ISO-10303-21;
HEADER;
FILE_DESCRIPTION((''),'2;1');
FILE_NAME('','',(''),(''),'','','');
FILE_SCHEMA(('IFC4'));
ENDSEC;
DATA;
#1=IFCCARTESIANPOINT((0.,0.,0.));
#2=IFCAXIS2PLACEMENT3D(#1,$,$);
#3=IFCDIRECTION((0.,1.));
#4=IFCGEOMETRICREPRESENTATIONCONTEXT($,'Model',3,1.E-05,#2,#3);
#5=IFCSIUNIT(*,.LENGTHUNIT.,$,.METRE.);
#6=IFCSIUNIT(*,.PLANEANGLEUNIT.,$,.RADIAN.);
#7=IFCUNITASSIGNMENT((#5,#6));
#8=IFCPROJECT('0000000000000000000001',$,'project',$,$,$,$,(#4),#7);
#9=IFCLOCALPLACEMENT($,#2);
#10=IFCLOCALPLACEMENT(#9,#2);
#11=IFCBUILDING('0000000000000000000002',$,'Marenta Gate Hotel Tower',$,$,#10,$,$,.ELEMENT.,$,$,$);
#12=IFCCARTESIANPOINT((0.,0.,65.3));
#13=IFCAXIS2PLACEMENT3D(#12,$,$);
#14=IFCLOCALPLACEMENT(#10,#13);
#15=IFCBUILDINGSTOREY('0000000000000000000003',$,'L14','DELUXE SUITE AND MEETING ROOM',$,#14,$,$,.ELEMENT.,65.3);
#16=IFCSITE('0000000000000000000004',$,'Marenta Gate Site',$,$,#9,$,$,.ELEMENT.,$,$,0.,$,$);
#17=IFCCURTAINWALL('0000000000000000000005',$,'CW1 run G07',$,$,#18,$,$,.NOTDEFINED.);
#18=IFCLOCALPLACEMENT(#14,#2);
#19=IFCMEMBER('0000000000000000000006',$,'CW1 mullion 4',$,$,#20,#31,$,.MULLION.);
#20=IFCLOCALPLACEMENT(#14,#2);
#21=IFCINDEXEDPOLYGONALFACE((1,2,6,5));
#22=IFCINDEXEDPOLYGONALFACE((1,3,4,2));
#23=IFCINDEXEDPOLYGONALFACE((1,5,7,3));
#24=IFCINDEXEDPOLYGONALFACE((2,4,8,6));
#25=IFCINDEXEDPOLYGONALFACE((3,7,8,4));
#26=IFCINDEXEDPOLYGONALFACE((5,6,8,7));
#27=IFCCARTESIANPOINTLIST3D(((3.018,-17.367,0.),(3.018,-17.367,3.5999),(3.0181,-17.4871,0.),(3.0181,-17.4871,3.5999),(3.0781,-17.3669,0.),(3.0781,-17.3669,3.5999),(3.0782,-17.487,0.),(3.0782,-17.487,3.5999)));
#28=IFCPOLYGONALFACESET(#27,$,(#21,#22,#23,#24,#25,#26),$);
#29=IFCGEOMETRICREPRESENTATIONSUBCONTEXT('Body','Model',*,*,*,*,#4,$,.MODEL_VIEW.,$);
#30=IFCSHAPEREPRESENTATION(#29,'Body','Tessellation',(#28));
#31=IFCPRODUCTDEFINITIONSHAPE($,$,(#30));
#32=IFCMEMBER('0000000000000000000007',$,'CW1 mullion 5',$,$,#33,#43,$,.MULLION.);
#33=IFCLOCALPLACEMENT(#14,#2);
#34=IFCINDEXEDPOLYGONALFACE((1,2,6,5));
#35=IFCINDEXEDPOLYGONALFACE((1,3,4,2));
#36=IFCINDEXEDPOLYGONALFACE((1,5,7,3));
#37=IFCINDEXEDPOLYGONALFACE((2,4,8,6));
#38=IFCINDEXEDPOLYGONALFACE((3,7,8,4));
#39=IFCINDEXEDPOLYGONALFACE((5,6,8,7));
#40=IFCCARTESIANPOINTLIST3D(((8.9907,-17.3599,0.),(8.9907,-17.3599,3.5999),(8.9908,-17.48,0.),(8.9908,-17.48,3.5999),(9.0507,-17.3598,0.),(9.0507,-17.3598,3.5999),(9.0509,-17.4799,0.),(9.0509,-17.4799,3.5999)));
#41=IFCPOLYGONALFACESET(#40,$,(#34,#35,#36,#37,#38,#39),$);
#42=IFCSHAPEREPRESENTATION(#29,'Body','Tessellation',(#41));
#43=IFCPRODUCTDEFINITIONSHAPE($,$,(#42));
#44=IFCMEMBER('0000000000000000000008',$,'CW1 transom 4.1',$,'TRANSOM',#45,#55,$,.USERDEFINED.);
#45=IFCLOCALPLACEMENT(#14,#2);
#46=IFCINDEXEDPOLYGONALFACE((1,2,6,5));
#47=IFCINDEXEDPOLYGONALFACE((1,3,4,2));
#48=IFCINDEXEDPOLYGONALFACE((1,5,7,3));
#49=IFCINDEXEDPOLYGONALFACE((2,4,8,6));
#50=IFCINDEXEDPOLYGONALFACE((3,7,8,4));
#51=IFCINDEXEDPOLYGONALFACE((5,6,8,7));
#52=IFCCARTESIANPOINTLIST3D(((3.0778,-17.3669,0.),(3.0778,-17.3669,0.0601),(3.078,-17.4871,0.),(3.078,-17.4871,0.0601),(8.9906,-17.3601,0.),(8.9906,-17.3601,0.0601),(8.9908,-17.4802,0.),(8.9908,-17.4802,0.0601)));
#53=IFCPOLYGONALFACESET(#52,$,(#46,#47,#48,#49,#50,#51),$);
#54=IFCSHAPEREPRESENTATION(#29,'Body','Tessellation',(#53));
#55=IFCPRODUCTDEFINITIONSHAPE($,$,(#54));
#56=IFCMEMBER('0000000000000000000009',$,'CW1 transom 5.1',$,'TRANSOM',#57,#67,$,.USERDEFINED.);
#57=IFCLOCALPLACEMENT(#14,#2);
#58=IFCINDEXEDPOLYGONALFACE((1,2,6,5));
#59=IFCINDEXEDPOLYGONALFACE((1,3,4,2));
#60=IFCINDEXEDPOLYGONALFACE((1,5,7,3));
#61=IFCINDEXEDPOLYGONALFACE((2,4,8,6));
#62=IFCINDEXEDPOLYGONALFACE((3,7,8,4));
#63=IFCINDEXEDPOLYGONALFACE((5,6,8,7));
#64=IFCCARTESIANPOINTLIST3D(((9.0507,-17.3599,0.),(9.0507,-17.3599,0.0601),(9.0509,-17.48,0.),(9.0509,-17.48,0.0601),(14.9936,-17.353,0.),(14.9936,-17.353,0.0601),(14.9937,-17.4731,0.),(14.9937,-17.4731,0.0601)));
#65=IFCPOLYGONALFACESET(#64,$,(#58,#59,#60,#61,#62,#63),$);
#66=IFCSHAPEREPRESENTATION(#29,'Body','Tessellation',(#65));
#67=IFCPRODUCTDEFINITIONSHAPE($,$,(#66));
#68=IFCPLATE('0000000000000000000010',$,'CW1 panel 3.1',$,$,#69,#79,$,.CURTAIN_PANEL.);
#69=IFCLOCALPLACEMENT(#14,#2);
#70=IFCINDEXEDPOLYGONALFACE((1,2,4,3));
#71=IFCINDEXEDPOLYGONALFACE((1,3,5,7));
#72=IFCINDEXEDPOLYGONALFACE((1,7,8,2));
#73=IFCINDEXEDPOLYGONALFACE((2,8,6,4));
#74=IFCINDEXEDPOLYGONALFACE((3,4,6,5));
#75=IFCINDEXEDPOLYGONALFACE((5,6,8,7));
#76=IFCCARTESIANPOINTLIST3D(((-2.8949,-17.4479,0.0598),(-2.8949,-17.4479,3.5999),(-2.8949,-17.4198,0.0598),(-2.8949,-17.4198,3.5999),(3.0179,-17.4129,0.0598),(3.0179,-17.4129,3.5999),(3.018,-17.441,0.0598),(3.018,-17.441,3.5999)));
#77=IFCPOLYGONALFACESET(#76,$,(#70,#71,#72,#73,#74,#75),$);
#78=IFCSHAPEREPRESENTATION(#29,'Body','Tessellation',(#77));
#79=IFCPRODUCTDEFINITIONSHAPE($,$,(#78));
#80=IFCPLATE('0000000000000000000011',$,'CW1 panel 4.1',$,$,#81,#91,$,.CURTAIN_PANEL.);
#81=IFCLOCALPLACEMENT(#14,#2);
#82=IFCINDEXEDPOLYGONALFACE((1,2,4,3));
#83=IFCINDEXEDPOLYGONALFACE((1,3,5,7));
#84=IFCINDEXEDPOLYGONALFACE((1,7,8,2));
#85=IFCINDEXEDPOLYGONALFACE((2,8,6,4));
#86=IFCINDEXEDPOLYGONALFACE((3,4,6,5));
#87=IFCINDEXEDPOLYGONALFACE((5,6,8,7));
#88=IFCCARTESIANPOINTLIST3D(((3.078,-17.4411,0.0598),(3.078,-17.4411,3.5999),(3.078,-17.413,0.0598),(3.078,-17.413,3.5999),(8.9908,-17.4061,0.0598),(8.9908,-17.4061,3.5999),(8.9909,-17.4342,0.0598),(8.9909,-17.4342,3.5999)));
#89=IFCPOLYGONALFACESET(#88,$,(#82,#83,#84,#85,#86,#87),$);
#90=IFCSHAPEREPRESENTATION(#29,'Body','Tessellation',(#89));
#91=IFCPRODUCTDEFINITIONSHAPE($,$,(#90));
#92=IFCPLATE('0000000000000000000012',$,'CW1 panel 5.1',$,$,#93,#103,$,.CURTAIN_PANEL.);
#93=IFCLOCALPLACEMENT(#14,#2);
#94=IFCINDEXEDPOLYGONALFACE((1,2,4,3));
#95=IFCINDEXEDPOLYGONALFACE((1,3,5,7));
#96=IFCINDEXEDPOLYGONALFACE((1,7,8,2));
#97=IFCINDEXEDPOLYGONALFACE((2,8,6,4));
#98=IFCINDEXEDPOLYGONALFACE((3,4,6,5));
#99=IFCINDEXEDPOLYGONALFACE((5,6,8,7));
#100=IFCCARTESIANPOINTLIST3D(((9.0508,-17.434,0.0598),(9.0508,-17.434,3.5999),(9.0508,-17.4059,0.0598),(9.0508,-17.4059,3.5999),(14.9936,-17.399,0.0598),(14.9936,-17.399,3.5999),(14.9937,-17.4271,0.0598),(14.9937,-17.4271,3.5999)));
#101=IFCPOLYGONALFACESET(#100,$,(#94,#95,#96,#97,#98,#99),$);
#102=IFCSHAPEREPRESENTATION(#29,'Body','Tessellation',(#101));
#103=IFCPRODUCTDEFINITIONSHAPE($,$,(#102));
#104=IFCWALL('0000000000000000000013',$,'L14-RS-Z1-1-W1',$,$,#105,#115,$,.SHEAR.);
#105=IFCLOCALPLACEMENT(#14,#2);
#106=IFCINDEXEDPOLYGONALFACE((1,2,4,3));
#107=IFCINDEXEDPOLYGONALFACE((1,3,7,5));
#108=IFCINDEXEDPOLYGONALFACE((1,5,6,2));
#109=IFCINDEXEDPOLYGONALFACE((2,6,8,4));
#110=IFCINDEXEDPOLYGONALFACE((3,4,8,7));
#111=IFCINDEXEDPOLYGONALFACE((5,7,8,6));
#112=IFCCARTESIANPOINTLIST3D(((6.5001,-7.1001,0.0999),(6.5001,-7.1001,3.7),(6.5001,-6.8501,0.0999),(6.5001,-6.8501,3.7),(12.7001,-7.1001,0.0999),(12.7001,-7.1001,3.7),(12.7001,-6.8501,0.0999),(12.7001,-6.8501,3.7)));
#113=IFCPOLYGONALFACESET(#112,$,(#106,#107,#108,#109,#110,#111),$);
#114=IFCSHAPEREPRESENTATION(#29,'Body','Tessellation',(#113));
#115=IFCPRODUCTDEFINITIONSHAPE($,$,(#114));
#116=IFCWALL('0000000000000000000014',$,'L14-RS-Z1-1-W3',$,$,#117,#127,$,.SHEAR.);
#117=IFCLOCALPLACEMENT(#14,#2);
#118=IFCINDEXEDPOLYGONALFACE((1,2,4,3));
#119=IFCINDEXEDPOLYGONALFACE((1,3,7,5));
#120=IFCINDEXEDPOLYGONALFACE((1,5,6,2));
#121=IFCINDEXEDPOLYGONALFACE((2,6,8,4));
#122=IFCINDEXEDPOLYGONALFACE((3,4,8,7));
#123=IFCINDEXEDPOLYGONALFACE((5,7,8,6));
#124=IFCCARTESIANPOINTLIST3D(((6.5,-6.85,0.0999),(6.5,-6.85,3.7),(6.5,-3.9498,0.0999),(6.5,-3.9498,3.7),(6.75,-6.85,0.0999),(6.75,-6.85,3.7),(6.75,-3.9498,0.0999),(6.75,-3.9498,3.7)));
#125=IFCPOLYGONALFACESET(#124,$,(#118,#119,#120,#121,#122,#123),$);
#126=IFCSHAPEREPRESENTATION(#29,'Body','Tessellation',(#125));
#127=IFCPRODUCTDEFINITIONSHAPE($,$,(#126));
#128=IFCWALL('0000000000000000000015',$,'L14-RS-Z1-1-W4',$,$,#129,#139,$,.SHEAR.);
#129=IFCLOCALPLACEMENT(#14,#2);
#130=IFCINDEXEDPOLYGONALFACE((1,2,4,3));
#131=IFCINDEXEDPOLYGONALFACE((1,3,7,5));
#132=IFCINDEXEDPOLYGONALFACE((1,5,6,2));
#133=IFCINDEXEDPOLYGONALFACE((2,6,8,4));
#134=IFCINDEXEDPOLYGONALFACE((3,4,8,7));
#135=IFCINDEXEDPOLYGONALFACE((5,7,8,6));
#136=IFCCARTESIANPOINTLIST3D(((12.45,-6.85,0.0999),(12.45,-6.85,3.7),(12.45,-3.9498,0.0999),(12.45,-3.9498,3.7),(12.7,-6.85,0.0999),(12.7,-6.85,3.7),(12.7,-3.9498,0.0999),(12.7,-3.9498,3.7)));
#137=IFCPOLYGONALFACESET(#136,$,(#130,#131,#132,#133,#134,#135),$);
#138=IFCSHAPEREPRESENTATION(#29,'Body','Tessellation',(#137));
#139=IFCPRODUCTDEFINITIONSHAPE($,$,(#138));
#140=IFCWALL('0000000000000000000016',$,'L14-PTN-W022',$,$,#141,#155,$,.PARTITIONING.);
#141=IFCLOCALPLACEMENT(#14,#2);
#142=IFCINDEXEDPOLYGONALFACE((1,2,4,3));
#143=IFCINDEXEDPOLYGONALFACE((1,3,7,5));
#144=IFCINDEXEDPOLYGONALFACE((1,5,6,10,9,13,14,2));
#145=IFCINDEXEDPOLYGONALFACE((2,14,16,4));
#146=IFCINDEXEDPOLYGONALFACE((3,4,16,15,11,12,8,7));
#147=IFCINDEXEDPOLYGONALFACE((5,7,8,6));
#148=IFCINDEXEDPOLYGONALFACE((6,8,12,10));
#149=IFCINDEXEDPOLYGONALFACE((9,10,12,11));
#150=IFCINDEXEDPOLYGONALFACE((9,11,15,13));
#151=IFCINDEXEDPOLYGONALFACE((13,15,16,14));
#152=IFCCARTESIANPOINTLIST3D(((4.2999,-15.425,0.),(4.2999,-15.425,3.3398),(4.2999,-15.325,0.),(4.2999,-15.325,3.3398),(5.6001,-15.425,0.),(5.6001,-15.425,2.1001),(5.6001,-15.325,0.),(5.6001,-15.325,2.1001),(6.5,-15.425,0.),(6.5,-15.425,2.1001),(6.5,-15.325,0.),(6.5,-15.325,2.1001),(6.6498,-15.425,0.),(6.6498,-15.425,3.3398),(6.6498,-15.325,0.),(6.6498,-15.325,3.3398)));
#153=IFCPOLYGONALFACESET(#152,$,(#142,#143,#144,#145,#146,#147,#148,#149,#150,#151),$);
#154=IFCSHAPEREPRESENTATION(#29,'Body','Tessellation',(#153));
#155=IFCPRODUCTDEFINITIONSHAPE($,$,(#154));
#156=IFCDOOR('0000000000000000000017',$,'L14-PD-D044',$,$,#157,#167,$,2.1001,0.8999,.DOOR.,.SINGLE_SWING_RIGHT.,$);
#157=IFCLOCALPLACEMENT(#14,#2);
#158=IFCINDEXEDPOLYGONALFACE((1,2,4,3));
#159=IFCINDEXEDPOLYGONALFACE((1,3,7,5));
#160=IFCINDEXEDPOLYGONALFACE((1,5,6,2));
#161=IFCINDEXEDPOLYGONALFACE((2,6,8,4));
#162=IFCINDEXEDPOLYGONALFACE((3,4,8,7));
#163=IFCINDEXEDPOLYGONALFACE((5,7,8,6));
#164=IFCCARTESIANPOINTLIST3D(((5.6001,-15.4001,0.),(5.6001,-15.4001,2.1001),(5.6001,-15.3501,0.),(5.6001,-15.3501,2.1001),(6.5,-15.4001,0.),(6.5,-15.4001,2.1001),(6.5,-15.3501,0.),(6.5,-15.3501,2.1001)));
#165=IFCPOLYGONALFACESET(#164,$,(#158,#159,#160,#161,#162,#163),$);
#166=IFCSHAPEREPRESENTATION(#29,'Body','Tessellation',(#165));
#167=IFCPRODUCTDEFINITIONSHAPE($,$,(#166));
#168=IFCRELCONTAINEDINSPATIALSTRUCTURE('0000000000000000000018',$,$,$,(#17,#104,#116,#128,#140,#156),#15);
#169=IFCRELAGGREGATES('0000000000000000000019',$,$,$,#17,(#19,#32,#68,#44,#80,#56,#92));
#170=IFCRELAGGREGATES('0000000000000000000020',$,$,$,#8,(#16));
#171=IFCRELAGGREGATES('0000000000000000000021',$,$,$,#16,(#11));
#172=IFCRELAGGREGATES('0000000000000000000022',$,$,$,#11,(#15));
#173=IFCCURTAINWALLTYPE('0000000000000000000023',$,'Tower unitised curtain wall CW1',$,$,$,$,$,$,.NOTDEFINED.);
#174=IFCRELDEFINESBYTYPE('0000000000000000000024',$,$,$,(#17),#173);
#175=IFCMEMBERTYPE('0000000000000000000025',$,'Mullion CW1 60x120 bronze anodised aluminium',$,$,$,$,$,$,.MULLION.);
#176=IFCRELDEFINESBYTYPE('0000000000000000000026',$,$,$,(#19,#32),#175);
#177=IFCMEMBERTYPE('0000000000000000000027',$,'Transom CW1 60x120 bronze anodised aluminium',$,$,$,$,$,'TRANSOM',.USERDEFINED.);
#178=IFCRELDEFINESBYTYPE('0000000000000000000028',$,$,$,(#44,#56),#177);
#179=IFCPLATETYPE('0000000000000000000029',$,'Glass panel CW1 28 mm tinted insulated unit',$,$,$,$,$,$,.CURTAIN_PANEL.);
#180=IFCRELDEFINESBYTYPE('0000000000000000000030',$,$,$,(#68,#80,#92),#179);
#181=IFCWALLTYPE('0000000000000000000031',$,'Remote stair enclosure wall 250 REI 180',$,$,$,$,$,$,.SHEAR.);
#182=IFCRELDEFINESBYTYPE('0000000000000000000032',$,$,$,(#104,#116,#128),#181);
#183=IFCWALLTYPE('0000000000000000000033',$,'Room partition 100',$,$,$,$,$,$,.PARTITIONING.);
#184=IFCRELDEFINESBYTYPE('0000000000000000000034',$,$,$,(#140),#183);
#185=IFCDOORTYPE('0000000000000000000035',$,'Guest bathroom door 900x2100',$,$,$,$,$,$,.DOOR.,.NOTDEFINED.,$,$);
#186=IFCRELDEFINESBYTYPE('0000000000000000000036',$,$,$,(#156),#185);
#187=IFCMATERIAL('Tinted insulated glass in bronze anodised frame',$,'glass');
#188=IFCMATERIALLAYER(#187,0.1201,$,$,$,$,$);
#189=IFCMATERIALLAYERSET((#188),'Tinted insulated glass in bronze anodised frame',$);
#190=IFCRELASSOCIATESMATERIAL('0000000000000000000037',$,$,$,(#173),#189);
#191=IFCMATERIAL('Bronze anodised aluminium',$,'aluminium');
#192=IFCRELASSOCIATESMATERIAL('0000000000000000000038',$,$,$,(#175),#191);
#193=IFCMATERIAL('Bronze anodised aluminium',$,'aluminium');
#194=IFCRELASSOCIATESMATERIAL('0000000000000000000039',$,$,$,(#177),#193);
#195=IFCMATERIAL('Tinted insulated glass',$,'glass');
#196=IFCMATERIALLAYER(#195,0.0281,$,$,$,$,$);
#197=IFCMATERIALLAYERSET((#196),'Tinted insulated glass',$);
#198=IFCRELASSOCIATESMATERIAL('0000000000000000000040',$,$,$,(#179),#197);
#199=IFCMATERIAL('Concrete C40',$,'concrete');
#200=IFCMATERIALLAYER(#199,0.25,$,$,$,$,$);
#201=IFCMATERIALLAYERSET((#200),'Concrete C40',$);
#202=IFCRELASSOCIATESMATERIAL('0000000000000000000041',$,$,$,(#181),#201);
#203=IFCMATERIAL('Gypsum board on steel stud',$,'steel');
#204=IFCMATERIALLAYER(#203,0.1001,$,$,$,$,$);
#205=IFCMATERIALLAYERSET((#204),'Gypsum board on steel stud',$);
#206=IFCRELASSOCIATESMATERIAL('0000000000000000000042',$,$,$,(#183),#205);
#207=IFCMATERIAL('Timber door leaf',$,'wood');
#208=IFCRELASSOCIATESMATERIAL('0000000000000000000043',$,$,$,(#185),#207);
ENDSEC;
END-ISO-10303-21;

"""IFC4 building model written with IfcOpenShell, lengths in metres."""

from ifc_helpers import new_model, si_unit, direction, frame, frame_2d, origin, origin_2d, place, context, subcontext, project, spatial, rectangle, extrude, material, layer, layer_set, material_profile, profile_set, type_object, element, fill, aggregate, save


model = new_model("IFC4")

# Units and contexts
model_context = context("Model", 3, precision=1e-05, world=origin(), true_north=direction((0.0, 1.0)))
body_context = subcontext(model_context, "Body", "Model", "MODEL_VIEW")
ifc_project = project(units=[si_unit("LENGTHUNIT", "METRE"), si_unit("PLANEANGLEUNIT", "RADIAN")], contexts=[model_context])

# Site, building, storey
site_placement = place(None, origin())
site = spatial("IfcSite", under=ifc_project, at=site_placement, Name="Marenta Gate Site", CompositionType="ELEMENT", RefElevation=0.0)
building_placement = place(site_placement, origin())
building = spatial("IfcBuilding", under=site, at=building_placement, Name="Marenta Gate Hotel Tower", CompositionType="ELEMENT")
storey_placement = place(building_placement, frame((0.0, 0.0, 65.3)))
storey = spatial("IfcBuildingStorey", under=building, at=storey_placement, Name="L14", Description="DELUXE SUITE AND MEETING ROOM", CompositionType="ELEMENT", Elevation=65.3)

# Curtain wall, members, plates
ifc_material_1 = material(Name="Tinted insulated glass in bronze anodised frame", Category="glass")
ifc_layer_1 = layer(ifc_material_1, 0.1201)
ifc_layer_set_1 = layer_set([ifc_layer_1], Name="Tinted insulated glass in bronze anodised frame")
curtain_wall_type = type_object("IfcCurtainWallType", Name="Tower unitised curtain wall CW1", PredefinedType="NOTDEFINED", material=ifc_layer_set_1)
curtain_wall_placement = place(storey_placement, origin())
curtain_wall = element("IfcCurtainWall", 1, at=curtain_wall_placement, inside=storey, type_object=curtain_wall_type, Name="CW1 run G07", PredefinedType="NOTDEFINED")
ifc_material_2 = material(Name="Bronze anodised aluminium", Category="aluminium")
ifc_material_profile_1 = material_profile(ifc_material_2, rectangle(XDim=0.1201, YDim=0.0601, at=origin_2d()), Name="Mullion CW1 60x120 bronze anodised aluminium")
ifc_profile_set_1 = profile_set([ifc_material_profile_1], Name="Bronze anodised aluminium")
member_type_1 = type_object("IfcMemberType", Name="Mullion CW1 60x120 bronze anodised aluminium", PredefinedType="MULLION", material=ifc_profile_set_1)
member_1_placement = place(storey_placement, frame((3.0481, -17.427, 0.0), z_axis=(0.0, 0.0, 1.0), x_axis=(-0.001162, 0.999999, 0.0)))
member_1 = element("IfcMember", 2, at=member_1_placement, type_object=member_type_1, Name="CW1 mullion 4", PredefinedType="MULLION", context=body_context, shape_type="SweptSolid", body=[
    extrude(rectangle(XDim=0.1201, YDim=0.0601, at=origin_2d()), origin(), (0.0, 0.0, 1.0), 3.5999),
])
member_2_placement = place(storey_placement, frame((9.0208, -17.4199, 0.0), z_axis=(0.0, 0.0, 1.0), x_axis=(-0.001162, 0.999999, 0.0)))
member_2 = element("IfcMember", 3, at=member_2_placement, type_object=member_type_1, Name="CW1 mullion 5", PredefinedType="MULLION", context=body_context, shape_type="SweptSolid", body=[
    extrude(rectangle(XDim=0.1201, YDim=0.0601, at=origin_2d()), origin(), (0.0, 0.0, 1.0), 3.5999),
])
ifc_material_3 = material(Name="Bronze anodised aluminium", Category="aluminium")
ifc_material_profile_2 = material_profile(ifc_material_3, rectangle(XDim=0.1201, YDim=0.0601, at=origin_2d()), Name="Transom CW1 60x120 bronze anodised aluminium")
ifc_profile_set_2 = profile_set([ifc_material_profile_2], Name="Bronze anodised aluminium")
member_type_2 = type_object("IfcMemberType", Name="Transom CW1 60x120 bronze anodised aluminium", ElementType="TRANSOM", PredefinedType="USERDEFINED", material=ifc_profile_set_2)
member_3_placement = place(storey_placement, frame((3.0779, -17.427, 0.03), z_axis=(0.999999, 0.001156, 0.0), x_axis=(-0.001156, 0.999999, 0.0)))
member_3 = element("IfcMember", 4, at=member_3_placement, type_object=member_type_2, Name="CW1 transom 4.1", ObjectType="TRANSOM", PredefinedType="USERDEFINED", context=body_context, shape_type="SweptSolid", body=[
    extrude(rectangle(XDim=0.1201, YDim=0.0601, at=origin_2d()), origin(), (0.0, 0.0, 1.0), 5.9128),
])
member_4_placement = place(storey_placement, frame((9.0508, -17.4199, 0.03), z_axis=(0.999999, 0.00115, 0.0), x_axis=(-0.00115, 0.999999, 0.0)))
member_4 = element("IfcMember", 5, at=member_4_placement, type_object=member_type_2, Name="CW1 transom 5.1", ObjectType="TRANSOM", PredefinedType="USERDEFINED", context=body_context, shape_type="SweptSolid", body=[
    extrude(rectangle(XDim=0.1201, YDim=0.0601, at=origin_2d()), origin(), (0.0, 0.0, 1.0), 5.9429),
])
ifc_material_4 = material(Name="Tinted insulated glass", Category="glass")
ifc_layer_2 = layer(ifc_material_4, 0.0281)
ifc_layer_set_2 = layer_set([ifc_layer_2], Name="Tinted insulated glass")
plate_type = type_object("IfcPlateType", Name="Glass panel CW1 28 mm tinted insulated unit", PredefinedType="CURTAIN_PANEL", material=ifc_layer_set_2)
plate_1_placement = place(storey_placement, frame((0.0615, -17.4304, 0.0598), z_axis=(0.0, 0.0, 1.0), x_axis=(0.999999, 0.001162, 0.0)))
plate_1 = element("IfcPlate", 6, at=plate_1_placement, type_object=plate_type, Name="CW1 panel 3.1", PredefinedType="CURTAIN_PANEL", context=body_context, shape_type="SweptSolid", body=[
    extrude(rectangle(XDim=5.9128, YDim=0.0281, at=origin_2d()), origin(), (0.0, 0.0, 1.0), 3.54),
])
plate_2_placement = place(storey_placement, frame((6.0344, -17.4236, 0.0598), z_axis=(0.0, 0.0, 1.0), x_axis=(0.999999, 0.001162, 0.0)))
plate_2 = element("IfcPlate", 7, at=plate_2_placement, type_object=plate_type, Name="CW1 panel 4.1", PredefinedType="CURTAIN_PANEL", context=body_context, shape_type="SweptSolid", body=[
    extrude(rectangle(XDim=5.9128, YDim=0.0281, at=origin_2d()), origin(), (0.0, 0.0, 1.0), 3.54),
])
plate_3_placement = place(storey_placement, frame((12.0222, -17.4165, 0.0598), z_axis=(0.0, 0.0, 1.0), x_axis=(0.999999, 0.001162, 0.0)))
plate_3 = element("IfcPlate", 8, at=plate_3_placement, type_object=plate_type, Name="CW1 panel 5.1", PredefinedType="CURTAIN_PANEL", context=body_context, shape_type="SweptSolid", body=[
    extrude(rectangle(XDim=5.9429, YDim=0.0281, at=origin_2d()), origin(), (0.0, 0.0, 1.0), 3.54),
])
aggregate(curtain_wall, [member_1, member_2, plate_1, member_3, plate_2, member_4, plate_3])

# Walls
ifc_material_5 = material(Name="Concrete C40", Category="concrete")
ifc_layer_3 = layer(ifc_material_5, 0.25)
ifc_layer_set_3 = layer_set([ifc_layer_3], Name="Concrete C40")
wall_type_1 = type_object("IfcWallType", Name="Remote stair enclosure wall 250 REI 180", PredefinedType="SHEAR", material=ifc_layer_set_3)
wall_1_placement = place(storey_placement, frame((6.5, -6.9751, 0.0999), z_axis=(0.0, 0.0, 1.0), x_axis=(1.0, 0.0, 0.0)))
element("IfcWall", 9, at=wall_1_placement, inside=storey, type_object=wall_type_1, Name="L14-RS-Z1-1-W1", PredefinedType="SHEAR", context=body_context, shape_type="SweptSolid", body=[
    extrude(rectangle(XDim=6.2, YDim=0.25, at=frame_2d((3.1001, 0.0))), origin(), (0.0, 0.0, 1.0), 3.6001),
])
for number, where, z_axis, x_axis, name in (
    (10, (6.625, -6.8501, 0.0999), (0.0, 0.0, 1.0), (0.0, 1.0, 0.0), "L14-RS-Z1-1-W3"),
    (11, (12.575, -6.8501, 0.0999), (0.0, 0.0, 1.0), (0.0, 1.0, 0.0), "L14-RS-Z1-1-W4"),
):
    element("IfcWall", number, at=place(storey_placement, frame(where, z_axis=z_axis, x_axis=x_axis)), inside=storey, type_object=wall_type_1, Name=name, PredefinedType="SHEAR", context=body_context, shape_type="SweptSolid", body=[
        extrude(rectangle(XDim=2.9001, YDim=0.25, at=frame_2d((1.4502, 0.0))), origin(), (0.0, 0.0, 1.0), 3.6001),
    ])

# Wall, opening, door
ifc_material_6 = material(Name="Gypsum board on steel stud", Category="steel")
ifc_layer_4 = layer(ifc_material_6, 0.1001)
ifc_layer_set_4 = layer_set([ifc_layer_4], Name="Gypsum board on steel stud")
wall_type_2 = type_object("IfcWallType", Name="Room partition 100", PredefinedType="PARTITIONING", material=ifc_layer_set_4)
wall_2_placement = place(storey_placement, frame((4.3, -15.375, 0.0), z_axis=(0.0, 0.0, 1.0), x_axis=(1.0, 0.0, 0.0)))
wall_2 = element("IfcWall", 12, at=wall_2_placement, inside=storey, type_object=wall_type_2, Name="L14-PTN-W022", PredefinedType="PARTITIONING", context=body_context, shape_type="SweptSolid", body=[
    extrude(rectangle(XDim=2.3499, YDim=0.1001, at=frame_2d((1.1748, 0.0))), origin(), (0.0, 0.0, 1.0), 3.3398),
])
opening_1_placement = place(wall_2_placement, frame((1.3, 0.0, 0.0)))
opening_1 = element("IfcOpeningElement", 13, at=opening_1_placement, cuts=wall_2, PredefinedType="OPENING", context=body_context, shape_type="SweptSolid", body=[
    extrude(rectangle(XDim=0.8999, YDim=2.1001, at=frame_2d((0.45, 1.05))), frame((0.0, 0.05, 0.0), z_axis=(0.0, -1.0, 0.0), x_axis=(1.0, 0.0, 0.0)), (0.0, 0.0, 1.0), 0.1001),
])
ifc_material_7 = material(Name="Timber door leaf", Category="wood")
door_type = type_object("IfcDoorType", Name="Guest bathroom door 900x2100", OperationType="NOTDEFINED", PredefinedType="DOOR", material=ifc_material_7)
door_1_placement = place(opening_1_placement, origin())
door_1 = element("IfcDoor", 14, at=door_1_placement, inside=storey, type_object=door_type, Name="L14-PD-D044", OperationType="SINGLE_SWING_RIGHT", OverallHeight=2.1001, OverallWidth=0.8999, PredefinedType="DOOR", context=body_context, shape_type="SweptSolid", body=[
    extrude(rectangle(XDim=0.8999, YDim=2.1001, at=frame_2d((0.45, 1.05))), frame((0.0, 0.0249, 0.0), z_axis=(0.0, -1.0, 0.0), x_axis=(1.0, 0.0, 0.0)), (0.0, 0.0, 1.0), 0.05),
])
fill(opening_1, door_1)

save(model, "model.ifc")
